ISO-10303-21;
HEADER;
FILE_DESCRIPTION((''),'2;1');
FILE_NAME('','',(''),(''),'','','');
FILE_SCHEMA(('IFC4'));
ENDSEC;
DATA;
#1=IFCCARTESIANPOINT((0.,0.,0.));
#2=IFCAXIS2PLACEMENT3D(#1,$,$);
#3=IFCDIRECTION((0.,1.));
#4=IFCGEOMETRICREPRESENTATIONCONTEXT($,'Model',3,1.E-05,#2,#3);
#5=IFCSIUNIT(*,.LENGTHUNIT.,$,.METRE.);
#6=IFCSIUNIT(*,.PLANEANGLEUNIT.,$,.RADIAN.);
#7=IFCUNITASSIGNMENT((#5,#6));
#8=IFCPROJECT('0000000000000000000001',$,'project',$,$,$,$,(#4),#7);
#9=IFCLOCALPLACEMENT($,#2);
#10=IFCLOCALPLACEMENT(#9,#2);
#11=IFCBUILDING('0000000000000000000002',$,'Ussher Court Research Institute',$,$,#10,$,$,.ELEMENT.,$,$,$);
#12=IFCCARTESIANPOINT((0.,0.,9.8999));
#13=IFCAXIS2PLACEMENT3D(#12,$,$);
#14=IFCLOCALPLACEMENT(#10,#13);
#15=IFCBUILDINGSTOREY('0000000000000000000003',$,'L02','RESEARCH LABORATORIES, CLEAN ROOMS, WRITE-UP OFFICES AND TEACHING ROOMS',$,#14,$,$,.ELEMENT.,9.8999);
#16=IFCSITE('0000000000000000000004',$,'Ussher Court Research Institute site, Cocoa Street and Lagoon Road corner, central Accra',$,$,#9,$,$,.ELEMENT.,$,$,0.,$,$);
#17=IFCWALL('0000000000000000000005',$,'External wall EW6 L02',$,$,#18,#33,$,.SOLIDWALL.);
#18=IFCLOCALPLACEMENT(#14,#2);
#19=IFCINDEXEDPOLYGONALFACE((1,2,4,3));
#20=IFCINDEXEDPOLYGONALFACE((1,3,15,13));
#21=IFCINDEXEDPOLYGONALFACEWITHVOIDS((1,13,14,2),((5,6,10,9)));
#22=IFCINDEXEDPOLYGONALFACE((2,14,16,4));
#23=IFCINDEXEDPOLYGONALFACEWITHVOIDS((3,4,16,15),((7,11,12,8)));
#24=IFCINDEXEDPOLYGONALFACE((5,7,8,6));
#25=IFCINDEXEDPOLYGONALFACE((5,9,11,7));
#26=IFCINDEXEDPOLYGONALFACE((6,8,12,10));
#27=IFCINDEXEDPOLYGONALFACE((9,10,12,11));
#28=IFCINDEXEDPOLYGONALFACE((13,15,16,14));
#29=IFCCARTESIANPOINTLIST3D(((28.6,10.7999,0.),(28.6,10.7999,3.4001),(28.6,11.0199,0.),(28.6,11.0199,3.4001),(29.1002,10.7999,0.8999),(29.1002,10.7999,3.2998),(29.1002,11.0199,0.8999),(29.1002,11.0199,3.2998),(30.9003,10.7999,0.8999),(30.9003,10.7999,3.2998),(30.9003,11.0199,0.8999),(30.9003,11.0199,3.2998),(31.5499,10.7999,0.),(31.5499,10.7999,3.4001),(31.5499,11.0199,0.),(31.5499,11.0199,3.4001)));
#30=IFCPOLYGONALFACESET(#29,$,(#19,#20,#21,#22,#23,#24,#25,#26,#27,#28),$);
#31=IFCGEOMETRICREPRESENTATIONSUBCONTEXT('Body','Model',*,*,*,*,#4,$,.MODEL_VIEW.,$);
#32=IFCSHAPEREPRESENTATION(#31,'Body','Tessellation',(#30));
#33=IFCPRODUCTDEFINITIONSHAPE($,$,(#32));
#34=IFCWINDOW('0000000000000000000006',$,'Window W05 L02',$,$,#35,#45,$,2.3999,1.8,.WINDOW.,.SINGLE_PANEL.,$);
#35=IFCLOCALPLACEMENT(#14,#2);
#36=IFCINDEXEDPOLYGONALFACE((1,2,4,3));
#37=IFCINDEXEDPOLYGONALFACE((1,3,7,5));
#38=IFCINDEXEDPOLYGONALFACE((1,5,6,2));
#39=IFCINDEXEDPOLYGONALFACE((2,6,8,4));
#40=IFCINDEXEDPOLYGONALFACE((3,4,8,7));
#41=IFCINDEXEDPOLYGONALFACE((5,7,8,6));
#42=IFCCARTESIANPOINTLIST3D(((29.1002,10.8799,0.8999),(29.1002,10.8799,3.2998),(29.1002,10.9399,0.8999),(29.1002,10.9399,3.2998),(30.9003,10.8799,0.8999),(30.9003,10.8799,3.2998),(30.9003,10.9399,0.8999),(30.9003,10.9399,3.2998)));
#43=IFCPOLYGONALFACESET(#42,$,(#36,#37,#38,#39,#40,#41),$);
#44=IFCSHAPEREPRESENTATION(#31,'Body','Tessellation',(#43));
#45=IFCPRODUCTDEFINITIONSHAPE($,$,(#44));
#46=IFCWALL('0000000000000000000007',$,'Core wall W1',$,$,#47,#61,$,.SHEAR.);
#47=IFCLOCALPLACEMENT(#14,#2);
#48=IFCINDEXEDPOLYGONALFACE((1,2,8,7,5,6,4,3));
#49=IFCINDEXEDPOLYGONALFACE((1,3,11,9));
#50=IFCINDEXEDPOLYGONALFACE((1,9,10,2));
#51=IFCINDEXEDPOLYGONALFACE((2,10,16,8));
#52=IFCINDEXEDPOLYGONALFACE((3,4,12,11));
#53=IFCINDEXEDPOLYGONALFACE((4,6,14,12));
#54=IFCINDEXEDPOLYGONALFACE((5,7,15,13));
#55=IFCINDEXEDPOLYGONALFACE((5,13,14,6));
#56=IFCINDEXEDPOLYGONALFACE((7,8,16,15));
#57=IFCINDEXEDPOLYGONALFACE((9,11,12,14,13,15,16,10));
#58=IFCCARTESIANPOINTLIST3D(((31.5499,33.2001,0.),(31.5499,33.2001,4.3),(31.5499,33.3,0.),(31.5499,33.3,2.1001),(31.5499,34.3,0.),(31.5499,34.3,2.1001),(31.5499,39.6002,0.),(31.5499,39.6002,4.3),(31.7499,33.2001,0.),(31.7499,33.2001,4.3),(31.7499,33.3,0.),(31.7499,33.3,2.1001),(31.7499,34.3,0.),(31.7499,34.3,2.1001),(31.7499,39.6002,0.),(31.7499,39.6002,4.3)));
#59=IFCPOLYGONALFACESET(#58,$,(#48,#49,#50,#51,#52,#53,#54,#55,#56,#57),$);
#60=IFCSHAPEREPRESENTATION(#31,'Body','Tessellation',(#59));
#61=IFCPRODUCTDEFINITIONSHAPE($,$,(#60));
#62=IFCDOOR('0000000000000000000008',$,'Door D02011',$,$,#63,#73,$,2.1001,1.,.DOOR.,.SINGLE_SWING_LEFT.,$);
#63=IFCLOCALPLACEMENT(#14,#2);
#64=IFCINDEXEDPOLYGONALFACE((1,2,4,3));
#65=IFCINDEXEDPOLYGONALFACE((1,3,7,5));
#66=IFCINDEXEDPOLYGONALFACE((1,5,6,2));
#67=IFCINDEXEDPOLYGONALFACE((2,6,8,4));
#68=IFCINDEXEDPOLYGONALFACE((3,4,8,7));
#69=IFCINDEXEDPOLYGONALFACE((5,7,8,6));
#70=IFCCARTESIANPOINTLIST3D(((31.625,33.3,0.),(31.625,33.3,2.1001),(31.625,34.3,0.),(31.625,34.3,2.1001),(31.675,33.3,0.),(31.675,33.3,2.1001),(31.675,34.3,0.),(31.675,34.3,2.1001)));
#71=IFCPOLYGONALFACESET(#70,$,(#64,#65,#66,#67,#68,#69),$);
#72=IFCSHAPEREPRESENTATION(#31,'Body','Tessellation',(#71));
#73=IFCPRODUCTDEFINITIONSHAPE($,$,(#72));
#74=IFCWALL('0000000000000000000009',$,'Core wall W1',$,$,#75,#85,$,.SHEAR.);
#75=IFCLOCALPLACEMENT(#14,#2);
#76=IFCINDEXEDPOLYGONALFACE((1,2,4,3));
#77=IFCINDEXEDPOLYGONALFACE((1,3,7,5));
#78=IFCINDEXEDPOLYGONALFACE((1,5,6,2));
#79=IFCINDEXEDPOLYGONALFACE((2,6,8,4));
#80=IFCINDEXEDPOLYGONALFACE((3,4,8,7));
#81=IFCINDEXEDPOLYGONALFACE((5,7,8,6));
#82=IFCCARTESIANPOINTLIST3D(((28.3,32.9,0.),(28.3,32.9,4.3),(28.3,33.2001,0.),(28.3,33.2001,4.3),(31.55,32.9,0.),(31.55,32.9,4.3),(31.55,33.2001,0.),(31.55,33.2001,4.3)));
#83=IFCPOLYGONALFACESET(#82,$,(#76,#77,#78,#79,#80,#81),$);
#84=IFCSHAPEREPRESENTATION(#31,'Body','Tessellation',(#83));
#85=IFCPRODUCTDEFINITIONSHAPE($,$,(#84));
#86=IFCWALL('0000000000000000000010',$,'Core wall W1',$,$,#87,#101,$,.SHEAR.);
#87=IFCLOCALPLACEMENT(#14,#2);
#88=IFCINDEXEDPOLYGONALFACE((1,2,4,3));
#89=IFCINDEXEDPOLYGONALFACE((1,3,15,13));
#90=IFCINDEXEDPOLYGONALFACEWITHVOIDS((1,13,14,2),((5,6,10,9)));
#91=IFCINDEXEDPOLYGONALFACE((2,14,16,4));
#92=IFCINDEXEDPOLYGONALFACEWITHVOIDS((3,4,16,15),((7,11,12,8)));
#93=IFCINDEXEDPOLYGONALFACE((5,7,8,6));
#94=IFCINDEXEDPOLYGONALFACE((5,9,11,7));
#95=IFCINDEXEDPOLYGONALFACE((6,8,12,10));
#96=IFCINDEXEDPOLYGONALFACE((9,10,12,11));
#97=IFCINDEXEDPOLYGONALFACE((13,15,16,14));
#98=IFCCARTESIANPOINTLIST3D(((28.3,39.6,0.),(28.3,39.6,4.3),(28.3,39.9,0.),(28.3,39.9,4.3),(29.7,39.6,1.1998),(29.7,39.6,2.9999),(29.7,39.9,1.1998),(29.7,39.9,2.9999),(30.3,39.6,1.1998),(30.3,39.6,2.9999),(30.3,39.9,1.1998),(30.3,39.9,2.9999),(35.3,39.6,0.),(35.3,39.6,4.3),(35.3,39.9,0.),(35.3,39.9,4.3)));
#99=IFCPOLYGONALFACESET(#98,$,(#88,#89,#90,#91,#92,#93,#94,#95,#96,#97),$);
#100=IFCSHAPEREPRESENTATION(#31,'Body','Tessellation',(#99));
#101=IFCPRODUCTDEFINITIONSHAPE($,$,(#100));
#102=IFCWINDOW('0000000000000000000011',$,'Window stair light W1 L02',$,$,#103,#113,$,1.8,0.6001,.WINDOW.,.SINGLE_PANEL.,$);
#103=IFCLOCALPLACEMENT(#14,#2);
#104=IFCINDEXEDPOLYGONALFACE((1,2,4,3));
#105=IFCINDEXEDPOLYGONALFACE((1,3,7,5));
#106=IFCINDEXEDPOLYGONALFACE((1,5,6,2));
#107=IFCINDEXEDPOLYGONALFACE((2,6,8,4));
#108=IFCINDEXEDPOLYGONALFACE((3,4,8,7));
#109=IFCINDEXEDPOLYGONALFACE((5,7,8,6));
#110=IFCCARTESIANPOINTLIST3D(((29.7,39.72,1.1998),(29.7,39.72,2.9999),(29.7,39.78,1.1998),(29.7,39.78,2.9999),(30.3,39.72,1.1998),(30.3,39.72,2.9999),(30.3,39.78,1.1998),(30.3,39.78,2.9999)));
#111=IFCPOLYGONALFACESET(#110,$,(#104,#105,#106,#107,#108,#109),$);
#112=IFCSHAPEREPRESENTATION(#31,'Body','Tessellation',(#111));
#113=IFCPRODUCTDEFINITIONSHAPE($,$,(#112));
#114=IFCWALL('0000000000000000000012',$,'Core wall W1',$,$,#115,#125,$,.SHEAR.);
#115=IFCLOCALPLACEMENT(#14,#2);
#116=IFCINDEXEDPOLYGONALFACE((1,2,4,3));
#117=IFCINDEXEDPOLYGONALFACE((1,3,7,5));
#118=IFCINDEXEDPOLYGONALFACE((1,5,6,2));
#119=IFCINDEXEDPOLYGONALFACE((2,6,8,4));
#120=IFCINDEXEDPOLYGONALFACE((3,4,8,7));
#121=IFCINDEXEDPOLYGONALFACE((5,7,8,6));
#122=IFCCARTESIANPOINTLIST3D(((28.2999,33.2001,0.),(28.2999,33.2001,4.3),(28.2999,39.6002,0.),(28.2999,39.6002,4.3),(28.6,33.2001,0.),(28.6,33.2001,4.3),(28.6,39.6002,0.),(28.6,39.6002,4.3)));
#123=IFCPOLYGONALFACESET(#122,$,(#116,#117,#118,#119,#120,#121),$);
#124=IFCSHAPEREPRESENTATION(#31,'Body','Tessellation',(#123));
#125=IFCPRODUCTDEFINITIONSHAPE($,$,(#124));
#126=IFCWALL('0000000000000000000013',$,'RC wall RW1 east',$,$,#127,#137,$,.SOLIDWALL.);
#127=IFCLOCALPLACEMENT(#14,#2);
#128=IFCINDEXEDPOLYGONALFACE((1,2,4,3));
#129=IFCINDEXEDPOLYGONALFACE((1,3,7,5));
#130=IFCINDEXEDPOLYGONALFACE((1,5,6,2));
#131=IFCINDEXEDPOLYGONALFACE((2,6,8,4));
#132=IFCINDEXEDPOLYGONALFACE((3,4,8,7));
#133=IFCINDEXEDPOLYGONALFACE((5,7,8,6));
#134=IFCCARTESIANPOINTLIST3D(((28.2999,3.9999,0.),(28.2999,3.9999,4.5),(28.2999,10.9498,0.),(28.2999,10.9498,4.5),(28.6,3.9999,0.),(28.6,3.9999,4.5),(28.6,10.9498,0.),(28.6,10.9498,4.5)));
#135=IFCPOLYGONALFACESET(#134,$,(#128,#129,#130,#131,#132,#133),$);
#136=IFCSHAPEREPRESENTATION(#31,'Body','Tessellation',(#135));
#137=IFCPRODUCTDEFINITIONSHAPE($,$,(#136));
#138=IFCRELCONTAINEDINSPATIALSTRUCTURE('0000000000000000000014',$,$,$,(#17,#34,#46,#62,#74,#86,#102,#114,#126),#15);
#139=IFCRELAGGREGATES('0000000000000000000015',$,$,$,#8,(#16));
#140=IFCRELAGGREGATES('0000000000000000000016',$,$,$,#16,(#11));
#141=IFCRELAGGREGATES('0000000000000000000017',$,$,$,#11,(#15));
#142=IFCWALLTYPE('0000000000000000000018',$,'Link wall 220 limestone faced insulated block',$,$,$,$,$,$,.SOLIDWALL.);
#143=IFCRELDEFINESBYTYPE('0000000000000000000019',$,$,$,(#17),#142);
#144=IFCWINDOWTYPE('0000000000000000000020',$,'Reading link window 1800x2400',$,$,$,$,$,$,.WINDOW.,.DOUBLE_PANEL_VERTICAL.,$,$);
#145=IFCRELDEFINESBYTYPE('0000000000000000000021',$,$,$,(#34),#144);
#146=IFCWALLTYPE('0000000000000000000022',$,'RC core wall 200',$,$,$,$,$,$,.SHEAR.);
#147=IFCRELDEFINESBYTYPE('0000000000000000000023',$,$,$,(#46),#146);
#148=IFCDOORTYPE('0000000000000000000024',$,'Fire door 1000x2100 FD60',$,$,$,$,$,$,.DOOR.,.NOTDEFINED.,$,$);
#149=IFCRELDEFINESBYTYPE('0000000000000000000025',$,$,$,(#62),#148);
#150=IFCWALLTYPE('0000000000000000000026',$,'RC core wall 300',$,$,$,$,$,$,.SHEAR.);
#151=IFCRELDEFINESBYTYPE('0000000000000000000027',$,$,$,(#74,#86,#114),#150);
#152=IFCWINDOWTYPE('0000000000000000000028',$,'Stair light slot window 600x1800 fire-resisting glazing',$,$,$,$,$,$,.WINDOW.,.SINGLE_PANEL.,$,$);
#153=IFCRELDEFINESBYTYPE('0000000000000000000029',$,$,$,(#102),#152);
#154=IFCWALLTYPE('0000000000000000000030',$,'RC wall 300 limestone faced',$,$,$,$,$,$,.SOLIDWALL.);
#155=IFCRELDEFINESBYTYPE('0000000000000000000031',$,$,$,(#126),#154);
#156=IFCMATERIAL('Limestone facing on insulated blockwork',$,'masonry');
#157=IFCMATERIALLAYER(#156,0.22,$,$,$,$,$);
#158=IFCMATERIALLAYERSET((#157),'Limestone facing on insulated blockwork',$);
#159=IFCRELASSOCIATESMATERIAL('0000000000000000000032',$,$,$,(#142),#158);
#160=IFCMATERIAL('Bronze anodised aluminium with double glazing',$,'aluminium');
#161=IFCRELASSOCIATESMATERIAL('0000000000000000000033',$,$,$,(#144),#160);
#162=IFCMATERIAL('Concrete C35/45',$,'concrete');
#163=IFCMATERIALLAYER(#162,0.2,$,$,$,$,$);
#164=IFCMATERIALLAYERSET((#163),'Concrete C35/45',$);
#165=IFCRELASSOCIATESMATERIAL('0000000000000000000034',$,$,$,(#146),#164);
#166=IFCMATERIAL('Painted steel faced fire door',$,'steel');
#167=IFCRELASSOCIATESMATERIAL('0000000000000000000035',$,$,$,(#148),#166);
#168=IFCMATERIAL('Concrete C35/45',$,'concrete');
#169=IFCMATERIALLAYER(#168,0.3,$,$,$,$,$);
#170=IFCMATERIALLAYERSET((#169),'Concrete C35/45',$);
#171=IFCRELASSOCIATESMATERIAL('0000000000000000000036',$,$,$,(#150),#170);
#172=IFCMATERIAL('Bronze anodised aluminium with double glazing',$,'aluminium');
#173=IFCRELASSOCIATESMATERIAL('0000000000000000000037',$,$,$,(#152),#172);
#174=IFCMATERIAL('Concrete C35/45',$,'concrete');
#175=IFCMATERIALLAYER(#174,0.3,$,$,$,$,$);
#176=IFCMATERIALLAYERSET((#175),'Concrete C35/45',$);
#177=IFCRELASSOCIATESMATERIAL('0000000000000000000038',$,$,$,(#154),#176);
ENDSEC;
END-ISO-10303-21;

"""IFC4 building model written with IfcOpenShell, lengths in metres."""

from ifc_helpers import new_model, si_unit, direction, frame, frame_2d, origin, place, context, subcontext, project, spatial, rectangle, extrude, material, layer, layer_set, type_object, element, fill, save


model = new_model("IFC4")

# Units and contexts
model_context = context("Model", 3, precision=1e-05, world=origin(), true_north=direction((0.0, 1.0)))
body_context = subcontext(model_context, "Body", "Model", "MODEL_VIEW")
ifc_project = project(units=[si_unit("LENGTHUNIT", "METRE"), si_unit("PLANEANGLEUNIT", "RADIAN")], contexts=[model_context])

# Site, building, storey
site_placement = place(None, origin())
site = spatial("IfcSite", under=ifc_project, at=site_placement, Name="Ussher Court Research Institute site, Cocoa Street and Lagoon Road corner, central Accra", CompositionType="ELEMENT", RefElevation=0.0)
building_placement = place(site_placement, origin())
building = spatial("IfcBuilding", under=site, at=building_placement, Name="Ussher Court Research Institute", CompositionType="ELEMENT")
storey_placement = place(building_placement, frame((0.0, 0.0, 9.8999)))
storey = spatial("IfcBuildingStorey", under=building, at=storey_placement, Name="L02", Description="RESEARCH LABORATORIES, CLEAN ROOMS, WRITE-UP OFFICES AND TEACHING ROOMS", CompositionType="ELEMENT", Elevation=9.8999)

# Wall, opening, window
ifc_material_1 = material(Name="Limestone facing on insulated blockwork", Category="masonry")
ifc_layer_1 = layer(ifc_material_1, 0.22)
ifc_layer_set_1 = layer_set([ifc_layer_1], Name="Limestone facing on insulated blockwork")
wall_type_1 = type_object("IfcWallType", Name="Link wall 220 limestone faced insulated block", PredefinedType="SOLIDWALL", material=ifc_layer_set_1)
wall_1_placement = place(storey_placement, frame((31.55, 10.9099, 0.0), z_axis=(0.0, 0.0, 1.0), x_axis=(-1.0, 0.0, 0.0)))
wall_1 = element("IfcWall", 1, at=wall_1_placement, inside=storey, type_object=wall_type_1, Name="External wall EW6 L02", PredefinedType="SOLIDWALL", context=body_context, shape_type="SweptSolid", body=[
    extrude(rectangle(XDim=2.95, YDim=0.22, at=frame_2d((1.4751, 0.0))), origin(), (0.0, 0.0, 1.0), 3.4001),
])
opening_1_placement = place(wall_1_placement, frame((0.6499, 0.0, 0.8999)))
opening_1 = element("IfcOpeningElement", 2, at=opening_1_placement, cuts=wall_1, PredefinedType="OPENING", context=body_context, shape_type="SweptSolid", body=[
    extrude(rectangle(XDim=1.8, YDim=2.3999, at=frame_2d((0.8999, 1.2))), frame((0.0, 0.1201, 0.0), z_axis=(0.0, -1.0, 0.0), x_axis=(1.0, 0.0, 0.0)), (0.0, 0.0, 1.0), 0.24),
])
ifc_material_2 = material(Name="Bronze anodised aluminium with double glazing", Category="aluminium")
window_type_1 = type_object("IfcWindowType", Name="Reading link window 1800x2400", PartitioningType="DOUBLE_PANEL_VERTICAL", PredefinedType="WINDOW", material=ifc_material_2)
window_1_placement = place(opening_1_placement, origin())
window_1 = element("IfcWindow", 3, at=window_1_placement, inside=storey, type_object=window_type_1, Name="Window W05 L02", OverallHeight=2.3999, OverallWidth=1.8, PartitioningType="SINGLE_PANEL", PredefinedType="WINDOW", context=body_context, shape_type="SweptSolid", body=[
    extrude(rectangle(XDim=1.8, YDim=2.3999, at=frame_2d((0.8999, 1.2))), frame((0.0, 0.03, 0.0), z_axis=(0.0, -1.0, 0.0), x_axis=(1.0, 0.0, 0.0)), (0.0, 0.0, 1.0), 0.0601),
])
fill(opening_1, window_1)

# Wall, opening, door
ifc_material_3 = material(Name="Concrete C35/45", Category="concrete")
ifc_layer_2 = layer(ifc_material_3, 0.2)
ifc_layer_set_2 = layer_set([ifc_layer_2], Name="Concrete C35/45")
wall_type_2 = type_object("IfcWallType", Name="RC core wall 200", PredefinedType="SHEAR", material=ifc_layer_set_2)
wall_2_placement = place(storey_placement, frame((31.6499, 33.2, 0.0), z_axis=(0.0, 0.0, 1.0), x_axis=(0.0, 1.0, 0.0)))
wall_2 = element("IfcWall", 4, at=wall_2_placement, inside=storey, type_object=wall_type_2, Name="Core wall W1", PredefinedType="SHEAR", context=body_context, shape_type="SweptSolid", body=[
    extrude(rectangle(XDim=6.4001, YDim=0.2, at=frame_2d((3.2002, 0.0))), origin(), (0.0, 0.0, 1.0), 4.3),
])
opening_2_placement = place(wall_2_placement, frame((0.1001, 0.0, 0.0)))
opening_2 = element("IfcOpeningElement", 5, at=opening_2_placement, cuts=wall_2, PredefinedType="OPENING", context=body_context, shape_type="SweptSolid", body=[
    extrude(rectangle(XDim=1.0, YDim=2.1001, at=frame_2d((0.5, 1.05))), frame((0.0, 0.1099, 0.0), z_axis=(0.0, -1.0, 0.0), x_axis=(1.0, 0.0, 0.0)), (0.0, 0.0, 1.0), 0.22),
])
ifc_material_4 = material(Name="Painted steel faced fire door", Category="steel")
door_type = type_object("IfcDoorType", Name="Fire door 1000x2100 FD60", OperationType="NOTDEFINED", PredefinedType="DOOR", material=ifc_material_4)
door_placement = place(opening_2_placement, origin())
door = element("IfcDoor", 6, at=door_placement, inside=storey, type_object=door_type, Name="Door D02011", OperationType="SINGLE_SWING_LEFT", OverallHeight=2.1001, OverallWidth=1.0, PredefinedType="DOOR", context=body_context, shape_type="SweptSolid", body=[
    extrude(rectangle(XDim=1.0, YDim=2.1001, at=frame_2d((0.5, 1.05))), frame((0.0, 0.0249, 0.0), z_axis=(0.0, -1.0, 0.0), x_axis=(1.0, 0.0, 0.0)), (0.0, 0.0, 1.0), 0.05),
])
fill(opening_2, door)

# Wall
ifc_material_5 = material(Name="Concrete C35/45", Category="concrete")
ifc_layer_3 = layer(ifc_material_5, 0.3)
ifc_layer_set_3 = layer_set([ifc_layer_3], Name="Concrete C35/45")
wall_type_3 = type_object("IfcWallType", Name="RC core wall 300", PredefinedType="SHEAR", material=ifc_layer_set_3)
wall_3_placement = place(storey_placement, frame((28.3, 33.05, 0.0), z_axis=(0.0, 0.0, 1.0), x_axis=(1.0, 0.0, 0.0)))
element("IfcWall", 7, at=wall_3_placement, inside=storey, type_object=wall_type_3, Name="Core wall W1", PredefinedType="SHEAR", context=body_context, shape_type="SweptSolid", body=[
    extrude(rectangle(XDim=3.25, YDim=0.3, at=frame_2d((1.625, 0.0))), origin(), (0.0, 0.0, 1.0), 4.3),
])

# Wall, opening, window
wall_4_placement = place(storey_placement, frame((28.3, 39.75, 0.0), z_axis=(0.0, 0.0, 1.0), x_axis=(1.0, 0.0, 0.0)))
wall_4 = element("IfcWall", 8, at=wall_4_placement, inside=storey, type_object=wall_type_3, Name="Core wall W1", PredefinedType="SHEAR", context=body_context, shape_type="SweptSolid", body=[
    extrude(rectangle(XDim=7.0, YDim=0.3, at=frame_2d((3.5, 0.0))), origin(), (0.0, 0.0, 1.0), 4.3),
])
opening_3_placement = place(wall_4_placement, frame((1.3999, 0.0, 1.2)))
opening_3 = element("IfcOpeningElement", 9, at=opening_3_placement, cuts=wall_4, PredefinedType="OPENING", context=body_context, shape_type="SweptSolid", body=[
    extrude(rectangle(XDim=0.6001, YDim=1.8, at=frame_2d((0.3, 0.8999))), frame((0.0, 0.1602, 0.0), z_axis=(0.0, -1.0, 0.0), x_axis=(1.0, 0.0, 0.0)), (0.0, 0.0, 1.0), 0.3201),
])
ifc_material_6 = material(Name="Bronze anodised aluminium with double glazing", Category="aluminium")
window_type_2 = type_object("IfcWindowType", Name="Stair light slot window 600x1800 fire-resisting glazing", PartitioningType="SINGLE_PANEL", PredefinedType="WINDOW", material=ifc_material_6)
window_2_placement = place(opening_3_placement, origin())
window_2 = element("IfcWindow", 10, at=window_2_placement, inside=storey, type_object=window_type_2, Name="Window stair light W1 L02", OverallHeight=1.8, OverallWidth=0.6001, PartitioningType="SINGLE_PANEL", PredefinedType="WINDOW", context=body_context, shape_type="SweptSolid", body=[
    extrude(rectangle(XDim=0.6001, YDim=1.8, at=frame_2d((0.3, 0.8999))), frame((0.0, 0.03, 0.0), z_axis=(0.0, -1.0, 0.0), x_axis=(1.0, 0.0, 0.0)), (0.0, 0.0, 1.0), 0.0601),
])
fill(opening_3, window_2)

# Walls
wall_5_placement = place(storey_placement, frame((28.45, 33.2, 0.0), z_axis=(0.0, 0.0, 1.0), x_axis=(0.0, 1.0, 0.0)))
element("IfcWall", 11, at=wall_5_placement, inside=storey, type_object=wall_type_3, Name="Core wall W1", PredefinedType="SHEAR", context=body_context, shape_type="SweptSolid", body=[
    extrude(rectangle(XDim=6.4001, YDim=0.3, at=frame_2d((3.2002, 0.0))), origin(), (0.0, 0.0, 1.0), 4.3),
])
ifc_material_7 = material(Name="Concrete C35/45", Category="concrete")
ifc_layer_4 = layer(ifc_material_7, 0.3)
ifc_layer_set_4 = layer_set([ifc_layer_4], Name="Concrete C35/45")
wall_type_4 = type_object("IfcWallType", Name="RC wall 300 limestone faced", PredefinedType="SOLIDWALL", material=ifc_layer_set_4)
wall_6_placement = place(storey_placement, frame((28.45, 10.95, 0.0), z_axis=(0.0, 0.0, 1.0), x_axis=(0.0, -1.0, 0.0)))
element("IfcWall", 12, at=wall_6_placement, inside=storey, type_object=wall_type_4, Name="RC wall RW1 east", PredefinedType="SOLIDWALL", context=body_context, shape_type="SweptSolid", body=[
    extrude(rectangle(XDim=6.95, YDim=0.3, at=frame_2d((3.4751, 0.0))), origin(), (0.0, 0.0, 1.0), 4.5),
])

save(model, "model.ifc")
